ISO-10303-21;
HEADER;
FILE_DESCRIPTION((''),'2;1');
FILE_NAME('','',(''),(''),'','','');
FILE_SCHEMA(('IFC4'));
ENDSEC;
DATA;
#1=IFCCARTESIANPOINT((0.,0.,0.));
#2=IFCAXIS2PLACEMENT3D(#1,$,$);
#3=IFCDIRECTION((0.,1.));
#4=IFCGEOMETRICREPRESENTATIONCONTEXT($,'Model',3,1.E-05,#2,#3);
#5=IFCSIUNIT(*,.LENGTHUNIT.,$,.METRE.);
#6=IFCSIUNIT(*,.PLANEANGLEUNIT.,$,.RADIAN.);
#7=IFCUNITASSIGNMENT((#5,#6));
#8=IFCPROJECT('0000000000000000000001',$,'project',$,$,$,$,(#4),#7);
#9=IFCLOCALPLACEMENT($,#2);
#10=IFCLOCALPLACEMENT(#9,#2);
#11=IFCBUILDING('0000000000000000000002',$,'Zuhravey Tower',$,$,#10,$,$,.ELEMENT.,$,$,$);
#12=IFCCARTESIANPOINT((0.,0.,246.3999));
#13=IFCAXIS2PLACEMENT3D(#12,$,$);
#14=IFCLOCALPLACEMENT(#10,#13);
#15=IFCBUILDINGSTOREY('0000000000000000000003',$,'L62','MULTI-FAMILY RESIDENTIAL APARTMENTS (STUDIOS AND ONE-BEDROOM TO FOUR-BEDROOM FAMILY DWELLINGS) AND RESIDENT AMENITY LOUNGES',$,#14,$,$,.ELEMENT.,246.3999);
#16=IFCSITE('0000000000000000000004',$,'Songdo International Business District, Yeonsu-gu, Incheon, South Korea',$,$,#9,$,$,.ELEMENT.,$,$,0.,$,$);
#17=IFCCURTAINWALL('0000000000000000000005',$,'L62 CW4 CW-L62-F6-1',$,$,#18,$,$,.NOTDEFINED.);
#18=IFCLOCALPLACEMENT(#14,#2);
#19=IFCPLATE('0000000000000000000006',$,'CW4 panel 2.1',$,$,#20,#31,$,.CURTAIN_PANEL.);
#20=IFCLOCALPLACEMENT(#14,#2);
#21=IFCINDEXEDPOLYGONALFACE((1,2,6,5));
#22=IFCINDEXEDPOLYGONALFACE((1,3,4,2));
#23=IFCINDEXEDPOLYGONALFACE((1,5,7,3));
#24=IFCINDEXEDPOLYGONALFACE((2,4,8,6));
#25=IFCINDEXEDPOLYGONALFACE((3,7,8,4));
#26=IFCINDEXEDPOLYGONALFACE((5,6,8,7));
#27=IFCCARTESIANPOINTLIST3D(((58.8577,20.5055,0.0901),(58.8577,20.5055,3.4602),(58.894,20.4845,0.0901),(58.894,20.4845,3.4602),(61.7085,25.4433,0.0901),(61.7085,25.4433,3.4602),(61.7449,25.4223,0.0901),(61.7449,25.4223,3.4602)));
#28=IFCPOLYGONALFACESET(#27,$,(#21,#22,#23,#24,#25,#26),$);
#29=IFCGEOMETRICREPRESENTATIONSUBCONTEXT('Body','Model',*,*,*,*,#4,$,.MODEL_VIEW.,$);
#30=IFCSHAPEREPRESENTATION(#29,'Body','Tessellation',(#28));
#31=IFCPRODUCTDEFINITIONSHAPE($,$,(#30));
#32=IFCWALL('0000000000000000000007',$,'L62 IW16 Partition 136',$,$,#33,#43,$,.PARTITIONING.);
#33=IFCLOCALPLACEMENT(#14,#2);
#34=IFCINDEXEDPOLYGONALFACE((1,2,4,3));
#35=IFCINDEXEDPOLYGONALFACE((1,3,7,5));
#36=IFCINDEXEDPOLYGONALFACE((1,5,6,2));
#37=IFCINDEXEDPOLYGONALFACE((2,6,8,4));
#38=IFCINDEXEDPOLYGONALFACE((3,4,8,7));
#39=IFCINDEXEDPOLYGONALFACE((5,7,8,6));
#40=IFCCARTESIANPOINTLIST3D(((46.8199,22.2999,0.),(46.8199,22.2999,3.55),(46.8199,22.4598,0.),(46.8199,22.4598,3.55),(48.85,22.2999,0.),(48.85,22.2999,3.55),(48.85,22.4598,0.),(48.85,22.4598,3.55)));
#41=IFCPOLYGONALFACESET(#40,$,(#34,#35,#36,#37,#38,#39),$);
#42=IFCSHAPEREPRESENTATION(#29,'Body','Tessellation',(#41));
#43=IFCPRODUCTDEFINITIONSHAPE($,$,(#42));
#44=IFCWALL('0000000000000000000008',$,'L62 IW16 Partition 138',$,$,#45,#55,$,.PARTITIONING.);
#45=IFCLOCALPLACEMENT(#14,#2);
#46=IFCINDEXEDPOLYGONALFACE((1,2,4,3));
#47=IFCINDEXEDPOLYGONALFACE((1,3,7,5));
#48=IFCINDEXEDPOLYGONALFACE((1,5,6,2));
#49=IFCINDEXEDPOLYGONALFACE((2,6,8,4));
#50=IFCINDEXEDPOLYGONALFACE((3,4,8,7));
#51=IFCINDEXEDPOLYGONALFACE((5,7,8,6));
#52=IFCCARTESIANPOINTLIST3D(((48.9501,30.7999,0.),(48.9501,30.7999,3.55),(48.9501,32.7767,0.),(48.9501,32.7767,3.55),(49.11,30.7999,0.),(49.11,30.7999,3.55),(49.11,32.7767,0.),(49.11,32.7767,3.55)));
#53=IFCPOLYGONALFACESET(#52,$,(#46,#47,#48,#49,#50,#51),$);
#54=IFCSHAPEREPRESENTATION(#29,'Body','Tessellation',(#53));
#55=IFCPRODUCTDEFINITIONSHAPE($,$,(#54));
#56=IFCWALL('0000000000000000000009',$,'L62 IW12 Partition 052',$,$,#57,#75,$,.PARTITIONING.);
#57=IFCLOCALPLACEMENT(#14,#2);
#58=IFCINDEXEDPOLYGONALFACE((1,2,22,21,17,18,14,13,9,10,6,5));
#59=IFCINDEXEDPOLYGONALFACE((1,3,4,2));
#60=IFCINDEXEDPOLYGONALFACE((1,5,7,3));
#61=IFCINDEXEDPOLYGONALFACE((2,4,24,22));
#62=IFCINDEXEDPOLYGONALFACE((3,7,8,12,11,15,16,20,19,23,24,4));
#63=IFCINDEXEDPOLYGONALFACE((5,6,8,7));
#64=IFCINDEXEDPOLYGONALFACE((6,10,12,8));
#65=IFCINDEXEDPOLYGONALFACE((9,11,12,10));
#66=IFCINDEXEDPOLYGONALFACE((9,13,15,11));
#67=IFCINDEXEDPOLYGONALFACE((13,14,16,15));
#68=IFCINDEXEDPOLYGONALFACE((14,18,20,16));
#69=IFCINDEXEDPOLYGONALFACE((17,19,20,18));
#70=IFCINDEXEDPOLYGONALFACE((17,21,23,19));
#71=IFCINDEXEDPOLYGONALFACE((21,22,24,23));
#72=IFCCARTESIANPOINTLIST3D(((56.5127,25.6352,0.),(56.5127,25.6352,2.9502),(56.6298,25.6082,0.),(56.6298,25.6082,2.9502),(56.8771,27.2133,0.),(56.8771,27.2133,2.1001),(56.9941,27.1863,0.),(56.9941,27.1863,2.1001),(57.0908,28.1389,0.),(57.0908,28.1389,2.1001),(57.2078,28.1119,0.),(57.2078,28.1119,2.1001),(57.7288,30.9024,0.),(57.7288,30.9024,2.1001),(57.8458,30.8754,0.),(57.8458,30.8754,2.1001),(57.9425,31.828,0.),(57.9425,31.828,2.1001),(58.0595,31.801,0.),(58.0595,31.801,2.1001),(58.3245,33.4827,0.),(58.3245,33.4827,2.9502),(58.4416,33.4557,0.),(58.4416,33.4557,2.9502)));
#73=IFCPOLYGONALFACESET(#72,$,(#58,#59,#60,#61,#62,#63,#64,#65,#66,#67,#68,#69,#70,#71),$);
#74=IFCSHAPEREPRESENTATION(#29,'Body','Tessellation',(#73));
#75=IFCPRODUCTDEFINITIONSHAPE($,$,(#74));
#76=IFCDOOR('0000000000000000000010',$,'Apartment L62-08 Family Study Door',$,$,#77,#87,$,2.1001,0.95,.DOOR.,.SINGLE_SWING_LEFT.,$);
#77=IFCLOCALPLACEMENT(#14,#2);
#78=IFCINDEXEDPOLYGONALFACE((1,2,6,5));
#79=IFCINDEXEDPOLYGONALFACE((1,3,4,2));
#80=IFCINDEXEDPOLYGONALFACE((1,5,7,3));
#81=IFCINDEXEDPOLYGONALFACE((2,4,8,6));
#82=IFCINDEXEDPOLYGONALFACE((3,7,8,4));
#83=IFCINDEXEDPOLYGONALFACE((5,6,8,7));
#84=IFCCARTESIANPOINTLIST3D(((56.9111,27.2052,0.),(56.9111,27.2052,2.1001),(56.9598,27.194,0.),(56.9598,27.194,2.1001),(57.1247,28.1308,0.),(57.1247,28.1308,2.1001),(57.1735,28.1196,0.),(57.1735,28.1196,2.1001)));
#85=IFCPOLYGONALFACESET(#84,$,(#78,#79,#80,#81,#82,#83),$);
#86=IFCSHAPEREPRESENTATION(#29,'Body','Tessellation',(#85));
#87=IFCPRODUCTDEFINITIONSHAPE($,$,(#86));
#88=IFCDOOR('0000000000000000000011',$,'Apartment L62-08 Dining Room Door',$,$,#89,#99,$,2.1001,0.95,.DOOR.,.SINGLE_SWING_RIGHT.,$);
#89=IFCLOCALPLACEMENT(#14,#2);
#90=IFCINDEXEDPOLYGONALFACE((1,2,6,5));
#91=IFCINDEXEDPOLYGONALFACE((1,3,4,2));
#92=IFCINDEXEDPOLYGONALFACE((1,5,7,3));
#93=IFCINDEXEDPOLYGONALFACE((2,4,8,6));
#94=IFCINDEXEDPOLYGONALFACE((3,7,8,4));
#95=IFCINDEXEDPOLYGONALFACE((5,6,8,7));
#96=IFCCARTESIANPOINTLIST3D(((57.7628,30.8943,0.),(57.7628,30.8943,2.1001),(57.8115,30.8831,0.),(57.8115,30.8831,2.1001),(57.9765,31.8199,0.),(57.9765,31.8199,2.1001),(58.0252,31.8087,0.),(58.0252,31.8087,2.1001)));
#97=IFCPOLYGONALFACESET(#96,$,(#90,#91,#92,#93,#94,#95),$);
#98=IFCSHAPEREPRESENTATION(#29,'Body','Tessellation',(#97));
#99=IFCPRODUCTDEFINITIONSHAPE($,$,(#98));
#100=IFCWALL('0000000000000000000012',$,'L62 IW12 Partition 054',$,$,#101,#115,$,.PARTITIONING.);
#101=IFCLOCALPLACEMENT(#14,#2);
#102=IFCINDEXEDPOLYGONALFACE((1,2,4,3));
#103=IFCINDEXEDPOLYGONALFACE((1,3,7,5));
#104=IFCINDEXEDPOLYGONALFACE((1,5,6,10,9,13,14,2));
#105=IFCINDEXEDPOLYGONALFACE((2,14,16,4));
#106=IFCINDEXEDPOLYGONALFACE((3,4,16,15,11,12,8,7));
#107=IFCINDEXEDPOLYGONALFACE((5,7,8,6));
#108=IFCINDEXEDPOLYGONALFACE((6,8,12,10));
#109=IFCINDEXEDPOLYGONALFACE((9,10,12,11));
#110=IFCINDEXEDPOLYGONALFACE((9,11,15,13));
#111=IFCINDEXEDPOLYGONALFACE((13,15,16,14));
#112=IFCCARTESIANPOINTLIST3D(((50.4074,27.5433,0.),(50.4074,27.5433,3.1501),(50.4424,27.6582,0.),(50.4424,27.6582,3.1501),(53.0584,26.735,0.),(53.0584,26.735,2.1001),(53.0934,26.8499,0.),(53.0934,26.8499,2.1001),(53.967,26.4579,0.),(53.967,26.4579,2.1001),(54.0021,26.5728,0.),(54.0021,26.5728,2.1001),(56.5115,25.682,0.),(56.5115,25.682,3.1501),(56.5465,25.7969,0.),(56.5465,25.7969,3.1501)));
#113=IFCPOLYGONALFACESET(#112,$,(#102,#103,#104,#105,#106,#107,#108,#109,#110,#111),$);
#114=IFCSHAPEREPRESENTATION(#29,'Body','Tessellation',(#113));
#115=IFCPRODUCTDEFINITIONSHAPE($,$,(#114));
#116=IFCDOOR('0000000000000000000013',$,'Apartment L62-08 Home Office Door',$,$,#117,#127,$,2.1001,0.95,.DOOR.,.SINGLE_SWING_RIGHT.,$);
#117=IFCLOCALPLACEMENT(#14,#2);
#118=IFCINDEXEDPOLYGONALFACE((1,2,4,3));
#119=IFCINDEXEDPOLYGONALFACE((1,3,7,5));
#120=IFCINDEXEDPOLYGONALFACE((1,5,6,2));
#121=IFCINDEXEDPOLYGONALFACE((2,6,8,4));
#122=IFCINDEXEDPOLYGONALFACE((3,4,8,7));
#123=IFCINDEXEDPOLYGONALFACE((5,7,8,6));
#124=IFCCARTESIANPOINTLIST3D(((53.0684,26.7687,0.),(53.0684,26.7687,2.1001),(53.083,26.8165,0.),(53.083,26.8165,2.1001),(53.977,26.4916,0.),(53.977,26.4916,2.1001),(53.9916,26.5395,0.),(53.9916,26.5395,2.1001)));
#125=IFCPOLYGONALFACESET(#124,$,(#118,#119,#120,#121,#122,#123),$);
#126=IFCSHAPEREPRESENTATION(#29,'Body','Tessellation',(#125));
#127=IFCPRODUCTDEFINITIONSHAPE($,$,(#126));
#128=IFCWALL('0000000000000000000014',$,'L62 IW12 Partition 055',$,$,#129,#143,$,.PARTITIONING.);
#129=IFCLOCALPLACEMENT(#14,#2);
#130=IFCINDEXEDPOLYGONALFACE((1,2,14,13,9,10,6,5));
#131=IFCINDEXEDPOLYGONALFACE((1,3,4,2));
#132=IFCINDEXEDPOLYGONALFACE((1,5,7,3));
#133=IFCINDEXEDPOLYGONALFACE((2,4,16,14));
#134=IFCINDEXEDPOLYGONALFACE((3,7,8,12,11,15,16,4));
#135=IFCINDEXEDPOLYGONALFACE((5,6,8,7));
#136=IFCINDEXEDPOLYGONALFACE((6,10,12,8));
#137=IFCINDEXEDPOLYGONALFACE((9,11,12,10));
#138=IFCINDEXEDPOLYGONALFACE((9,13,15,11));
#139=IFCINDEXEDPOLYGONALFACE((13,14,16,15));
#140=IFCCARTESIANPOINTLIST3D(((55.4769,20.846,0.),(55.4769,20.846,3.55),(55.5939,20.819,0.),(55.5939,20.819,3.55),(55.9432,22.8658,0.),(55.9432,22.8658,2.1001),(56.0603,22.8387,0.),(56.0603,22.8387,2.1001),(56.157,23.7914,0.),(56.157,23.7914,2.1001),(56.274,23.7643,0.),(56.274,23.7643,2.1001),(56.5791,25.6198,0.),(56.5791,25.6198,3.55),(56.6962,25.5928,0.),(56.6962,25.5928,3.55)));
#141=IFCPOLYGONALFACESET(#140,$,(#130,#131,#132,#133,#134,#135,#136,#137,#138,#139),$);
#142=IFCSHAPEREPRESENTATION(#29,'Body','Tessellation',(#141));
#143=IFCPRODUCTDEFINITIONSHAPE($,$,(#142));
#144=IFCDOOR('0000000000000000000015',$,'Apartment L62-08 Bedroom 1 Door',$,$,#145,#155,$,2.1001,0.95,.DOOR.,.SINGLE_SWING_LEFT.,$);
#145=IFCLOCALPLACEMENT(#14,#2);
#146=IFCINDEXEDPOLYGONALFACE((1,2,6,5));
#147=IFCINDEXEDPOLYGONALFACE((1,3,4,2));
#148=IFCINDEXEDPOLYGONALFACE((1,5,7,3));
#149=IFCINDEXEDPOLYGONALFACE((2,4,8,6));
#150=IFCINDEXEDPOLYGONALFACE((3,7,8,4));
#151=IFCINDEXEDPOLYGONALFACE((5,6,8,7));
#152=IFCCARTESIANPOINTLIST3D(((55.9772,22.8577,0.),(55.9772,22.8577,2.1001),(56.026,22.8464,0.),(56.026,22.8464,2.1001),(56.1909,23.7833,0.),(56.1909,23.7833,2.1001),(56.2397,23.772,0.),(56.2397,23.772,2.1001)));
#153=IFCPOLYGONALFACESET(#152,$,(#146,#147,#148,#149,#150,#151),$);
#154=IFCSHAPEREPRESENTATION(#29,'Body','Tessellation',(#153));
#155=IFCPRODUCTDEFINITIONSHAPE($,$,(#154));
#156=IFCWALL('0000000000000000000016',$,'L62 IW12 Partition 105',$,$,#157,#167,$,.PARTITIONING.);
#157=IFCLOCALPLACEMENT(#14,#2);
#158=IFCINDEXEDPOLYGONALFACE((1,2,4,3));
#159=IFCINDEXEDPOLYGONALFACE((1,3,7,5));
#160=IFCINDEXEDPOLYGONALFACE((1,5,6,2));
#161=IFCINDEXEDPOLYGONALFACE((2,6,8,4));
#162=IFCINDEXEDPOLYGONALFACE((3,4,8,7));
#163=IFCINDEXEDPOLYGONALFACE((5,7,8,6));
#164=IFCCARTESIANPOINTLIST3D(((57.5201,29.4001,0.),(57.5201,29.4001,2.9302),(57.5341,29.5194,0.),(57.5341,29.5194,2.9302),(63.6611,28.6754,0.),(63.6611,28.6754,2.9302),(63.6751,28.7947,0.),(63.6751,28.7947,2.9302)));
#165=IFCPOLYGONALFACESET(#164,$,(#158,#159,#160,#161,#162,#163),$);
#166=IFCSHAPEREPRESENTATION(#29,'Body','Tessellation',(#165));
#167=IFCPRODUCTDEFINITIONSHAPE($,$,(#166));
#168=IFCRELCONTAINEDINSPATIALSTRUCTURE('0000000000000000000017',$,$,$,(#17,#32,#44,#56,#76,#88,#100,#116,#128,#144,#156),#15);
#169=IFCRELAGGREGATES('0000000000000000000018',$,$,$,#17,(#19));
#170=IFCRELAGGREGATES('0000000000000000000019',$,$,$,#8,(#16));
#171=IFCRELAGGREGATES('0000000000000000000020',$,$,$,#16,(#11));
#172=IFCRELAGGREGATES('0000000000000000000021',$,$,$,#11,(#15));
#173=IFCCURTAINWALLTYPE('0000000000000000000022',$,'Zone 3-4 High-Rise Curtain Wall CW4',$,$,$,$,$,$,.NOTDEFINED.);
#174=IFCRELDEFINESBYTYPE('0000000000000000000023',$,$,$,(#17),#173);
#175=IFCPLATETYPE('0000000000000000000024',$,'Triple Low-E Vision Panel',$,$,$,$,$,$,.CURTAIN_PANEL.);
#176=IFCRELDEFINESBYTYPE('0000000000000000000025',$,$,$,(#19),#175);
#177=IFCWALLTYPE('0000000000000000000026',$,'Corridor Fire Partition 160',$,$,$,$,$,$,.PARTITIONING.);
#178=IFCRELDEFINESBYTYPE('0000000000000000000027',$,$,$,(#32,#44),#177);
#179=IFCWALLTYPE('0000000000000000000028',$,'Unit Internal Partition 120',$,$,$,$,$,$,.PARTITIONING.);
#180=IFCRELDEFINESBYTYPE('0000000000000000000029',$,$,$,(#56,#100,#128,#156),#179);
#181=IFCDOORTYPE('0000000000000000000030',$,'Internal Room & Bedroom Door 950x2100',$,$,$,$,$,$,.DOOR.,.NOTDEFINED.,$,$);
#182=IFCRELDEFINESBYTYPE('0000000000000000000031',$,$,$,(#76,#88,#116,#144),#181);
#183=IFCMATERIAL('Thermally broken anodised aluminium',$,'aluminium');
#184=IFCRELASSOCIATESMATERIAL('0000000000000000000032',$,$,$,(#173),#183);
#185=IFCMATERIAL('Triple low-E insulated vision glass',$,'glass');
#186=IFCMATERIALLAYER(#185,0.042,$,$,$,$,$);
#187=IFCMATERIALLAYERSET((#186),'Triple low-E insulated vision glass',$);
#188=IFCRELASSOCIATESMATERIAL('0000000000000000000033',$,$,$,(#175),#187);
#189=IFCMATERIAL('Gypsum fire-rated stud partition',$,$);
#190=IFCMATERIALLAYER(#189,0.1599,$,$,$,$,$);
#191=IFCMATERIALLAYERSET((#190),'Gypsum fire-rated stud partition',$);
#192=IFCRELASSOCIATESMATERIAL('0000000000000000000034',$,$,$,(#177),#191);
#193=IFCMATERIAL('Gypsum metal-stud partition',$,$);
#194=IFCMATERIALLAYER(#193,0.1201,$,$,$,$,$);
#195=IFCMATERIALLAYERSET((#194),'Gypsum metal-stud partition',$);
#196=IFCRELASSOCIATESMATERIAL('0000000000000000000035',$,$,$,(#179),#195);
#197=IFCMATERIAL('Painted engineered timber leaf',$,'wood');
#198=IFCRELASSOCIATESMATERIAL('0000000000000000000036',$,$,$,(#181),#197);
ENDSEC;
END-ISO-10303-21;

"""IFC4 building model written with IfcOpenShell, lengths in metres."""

from ifc_helpers import new_model, si_unit, direction, frame, frame_2d, origin, origin_2d, place, context, subcontext, project, spatial, rectangle, extrude, material, layer, layer_set, type_object, element, fill, aggregate, save


model = new_model("IFC4")

# Units and contexts
model_context = context("Model", 3, precision=1e-05, world=origin(), true_north=direction((0.0, 1.0)))
body_context = subcontext(model_context, "Body", "Model", "MODEL_VIEW")
ifc_project = project(units=[si_unit("LENGTHUNIT", "METRE"), si_unit("PLANEANGLEUNIT", "RADIAN")], contexts=[model_context])

# Site, building, storey
site_placement = place(None, origin())
site = spatial("IfcSite", under=ifc_project, at=site_placement, Name="Songdo International Business District, Yeonsu-gu, Incheon, South Korea", CompositionType="ELEMENT", RefElevation=0.0)
building_placement = place(site_placement, origin())
building = spatial("IfcBuilding", under=site, at=building_placement, Name="Zuhravey Tower", CompositionType="ELEMENT")
storey_placement = place(building_placement, frame((0.0, 0.0, 246.3999)))
storey = spatial("IfcBuildingStorey", under=building, at=storey_placement, Name="L62", Description="MULTI-FAMILY RESIDENTIAL APARTMENTS (STUDIOS AND ONE-BEDROOM TO FOUR-BEDROOM FAMILY DWELLINGS) AND RESIDENT AMENITY LOUNGES", CompositionType="ELEMENT", Elevation=246.3999)

# Curtain wall
ifc_material_1 = material(Name="Thermally broken anodised aluminium", Category="aluminium")
curtain_wall_type = type_object("IfcCurtainWallType", Name="Zone 3-4 High-Rise Curtain Wall CW4", PredefinedType="NOTDEFINED", material=ifc_material_1)
curtain_wall_placement = place(storey_placement, origin())
curtain_wall = element("IfcCurtainWall", 1, at=curtain_wall_placement, inside=storey, type_object=curtain_wall_type, Name="L62 CW4 CW-L62-F6-1", PredefinedType="NOTDEFINED")

# Plate
ifc_material_2 = material(Name="Triple low-E insulated vision glass", Category="glass")
ifc_layer_1 = layer(ifc_material_2, 0.042)
ifc_layer_set_1 = layer_set([ifc_layer_1], Name="Triple low-E insulated vision glass")
plate_type_1 = type_object("IfcPlateType", Name="Triple Low-E Vision Panel", PredefinedType="CURTAIN_PANEL", material=ifc_layer_set_1)
plate_1_placement = place(storey_placement, frame((60.3013, 22.9639, 0.0901), z_axis=(0.0, 0.0, 1.0), x_axis=(-0.499999, -0.866026, 0.0)))
plate_1 = element("IfcPlate", 2, at=plate_1_placement, type_object=plate_type_1, Name="CW4 panel 2.1", PredefinedType="CURTAIN_PANEL", context=body_context, shape_type="SweptSolid", body=[
    extrude(rectangle(XDim=5.7017, YDim=0.042, at=origin_2d()), origin(), (0.0, 0.0, 1.0), 3.3701),
])
aggregate(curtain_wall, [plate_1])

# Shared definitions
ifc_material_3 = material(Name="Gypsum fire-rated stud partition")
ifc_layer_2 = layer(ifc_material_3, 0.1599)
ifc_layer_set_2 = layer_set([ifc_layer_2], Name="Gypsum fire-rated stud partition")
wall_type_1 = type_object("IfcWallType", Name="Corridor Fire Partition 160", PredefinedType="PARTITIONING", material=ifc_layer_set_2)

# Walls
wall_1_placement = place(storey_placement, frame((48.8501, 22.3799, 0.0), z_axis=(0.0, 0.0, 1.0), x_axis=(-1.0, 0.0, 0.0)))
element("IfcWall", 3, at=wall_1_placement, inside=storey, type_object=wall_type_1, Name="L62 IW16 Partition 136", PredefinedType="PARTITIONING", context=body_context, shape_type="SweptSolid", body=[
    extrude(rectangle(XDim=2.03, YDim=0.1599, at=frame_2d((1.0151, 0.0))), origin(), (0.0, 0.0, 1.0), 3.55),
])
wall_2_placement = place(storey_placement, frame((49.03, 30.8, 0.0), z_axis=(0.0, 0.0, 1.0), x_axis=(0.0, 1.0, 0.0)))
element("IfcWall", 4, at=wall_2_placement, inside=storey, type_object=wall_type_1, Name="L62 IW16 Partition 138", PredefinedType="PARTITIONING", context=body_context, shape_type="SweptSolid", body=[
    extrude(rectangle(XDim=1.9768, YDim=0.1599, at=frame_2d((0.9883, 0.0))), origin(), (0.0, 0.0, 1.0), 3.55),
])

# Wall, openings, doors
ifc_material_4 = material(Name="Gypsum metal-stud partition")
ifc_layer_3 = layer(ifc_material_4, 0.1201)
ifc_layer_set_3 = layer_set([ifc_layer_3], Name="Gypsum metal-stud partition")
wall_type_2 = type_object("IfcWallType", Name="Unit Internal Partition 120", PredefinedType="PARTITIONING", material=ifc_layer_set_3)
wall_3_placement = place(storey_placement, frame((56.5713, 25.6218, 0.0), z_axis=(0.0, 0.0, 1.0), x_axis=(0.224957, 0.974369, 0.0)))
wall_3 = element("IfcWall", 5, at=wall_3_placement, inside=storey, type_object=wall_type_2, Name="L62 IW12 Partition 052", PredefinedType="PARTITIONING", context=body_context, shape_type="SweptSolid", body=[
    extrude(rectangle(XDim=8.054, YDim=0.1201, at=frame_2d((4.0269, 0.0))), origin(), (0.0, 0.0, 1.0), 2.9502),
])
opening_1_placement = place(wall_3_placement, frame((1.6194, 0.0, 0.0)))
opening_1 = element("IfcOpeningElement", 6, at=opening_1_placement, cuts=wall_3, PredefinedType="OPENING", context=body_context, shape_type="SweptSolid", body=[
    extrude(rectangle(XDim=0.95, YDim=2.1001, at=frame_2d((0.4751, 1.05))), frame((0.0, 0.072, 0.0), z_axis=(0.0, -1.0, 0.0), x_axis=(1.0, 0.0, 0.0)), (0.0, 0.0, 1.0), 0.144),
])
opening_2_placement = place(wall_3_placement, frame((5.4055, 0.0, 0.0)))
opening_2 = element("IfcOpeningElement", 7, at=opening_2_placement, cuts=wall_3, PredefinedType="OPENING", context=body_context, shape_type="SweptSolid", body=[
    extrude(rectangle(XDim=0.95, YDim=2.1001, at=frame_2d((0.4751, 1.05))), frame((0.0, 0.072, 0.0), z_axis=(0.0, -1.0, 0.0), x_axis=(1.0, 0.0, 0.0)), (0.0, 0.0, 1.0), 0.144),
])
ifc_material_5 = material(Name="Painted engineered timber leaf", Category="wood")
door_type_1 = type_object("IfcDoorType", Name="Internal Room & Bedroom Door 950x2100", OperationType="NOTDEFINED", PredefinedType="DOOR", material=ifc_material_5)
door_1_placement = place(opening_1_placement, frame((0.95, 0.0, 0.0), z_axis=(0.0, 0.0, 1.0), x_axis=(-1.0, 0.0, 0.0)))
door_1 = element("IfcDoor", 8, at=door_1_placement, inside=storey, type_object=door_type_1, Name="Apartment L62-08 Family Study Door", OperationType="SINGLE_SWING_LEFT", OverallHeight=2.1001, OverallWidth=0.95, PredefinedType="DOOR", context=body_context, shape_type="SweptSolid", body=[
    extrude(rectangle(XDim=0.95, YDim=2.1001, at=frame_2d((0.4751, 1.05))), frame((0.0, 0.0249, 0.0), z_axis=(0.0, -1.0, 0.0), x_axis=(1.0, 0.0, 0.0)), (0.0, 0.0, 1.0), 0.05),
])
fill(opening_1, door_1)
door_2_placement = place(opening_2_placement, frame((0.95, 0.0, 0.0), z_axis=(0.0, 0.0, 1.0), x_axis=(-1.0, 0.0, 0.0)))
door_2 = element("IfcDoor", 9, at=door_2_placement, inside=storey, type_object=door_type_1, Name="Apartment L62-08 Dining Room Door", OperationType="SINGLE_SWING_RIGHT", OverallHeight=2.1001, OverallWidth=0.95, PredefinedType="DOOR", context=body_context, shape_type="SweptSolid", body=[
    extrude(rectangle(XDim=0.95, YDim=2.1001, at=frame_2d((0.4751, 1.05))), frame((0.0, 0.0249, 0.0), z_axis=(0.0, -1.0, 0.0), x_axis=(1.0, 0.0, 0.0)), (0.0, 0.0, 1.0), 0.05),
])
fill(opening_2, door_2)

# Walls, openings, doors
wall_4_placement = place(storey_placement, frame((50.4248, 27.6008, 0.0), z_axis=(0.0, 0.0, 1.0), x_axis=(0.956517, -0.291676, 0.0)))
wall_4 = element("IfcWall", 10, at=wall_4_placement, inside=storey, type_object=wall_type_2, Name="L62 IW12 Partition 054", PredefinedType="PARTITIONING", context=body_context, shape_type="SweptSolid", body=[
    extrude(rectangle(XDim=6.3816, YDim=0.1201, at=frame_2d((3.1909, 0.0))), origin(), (0.0, 0.0, 1.0), 3.1501),
])
opening_3_placement = place(wall_4_placement, frame((2.7715, 0.0, 0.0)))
opening_3 = element("IfcOpeningElement", 11, at=opening_3_placement, cuts=wall_4, PredefinedType="OPENING", context=body_context, shape_type="SweptSolid", body=[
    extrude(rectangle(XDim=0.95, YDim=2.1001, at=frame_2d((0.4751, 1.05))), frame((0.0, 0.072, 0.0), z_axis=(0.0, -1.0, 0.0), x_axis=(1.0, 0.0, 0.0)), (0.0, 0.0, 1.0), 0.144),
])
door_3_placement = place(opening_3_placement, frame((0.95, 0.0, 0.0), z_axis=(0.0, 0.0, 1.0), x_axis=(-1.0, 0.0, 0.0)))
door_3 = element("IfcDoor", 12, at=door_3_placement, inside=storey, type_object=door_type_1, Name="Apartment L62-08 Home Office Door", OperationType="SINGLE_SWING_RIGHT", OverallHeight=2.1001, OverallWidth=0.95, PredefinedType="DOOR", context=body_context, shape_type="SweptSolid", body=[
    extrude(rectangle(XDim=0.95, YDim=2.1001, at=frame_2d((0.4751, 1.05))), frame((0.0, 0.0249, 0.0), z_axis=(0.0, -1.0, 0.0), x_axis=(1.0, 0.0, 0.0)), (0.0, 0.0, 1.0), 0.05),
])
fill(opening_3, door_3)
wall_5_placement = place(storey_placement, frame((55.5354, 20.8325, 0.0), z_axis=(0.0, 0.0, 1.0), x_axis=(0.22498, 0.974363, 0.0)))
wall_5 = element("IfcWall", 13, at=wall_5_placement, inside=storey, type_object=wall_type_2, Name="L62 IW12 Partition 055", PredefinedType="PARTITIONING", context=body_context, shape_type="SweptSolid", body=[
    extrude(rectangle(XDim=4.8994, YDim=0.1201, at=frame_2d((2.4497, 0.0))), origin(), (0.0, 0.0, 1.0), 3.55),
])
opening_4_placement = place(wall_5_placement, frame((2.0728, 0.0, 0.0)))
opening_4 = element("IfcOpeningElement", 14, at=opening_4_placement, cuts=wall_5, PredefinedType="OPENING", context=body_context, shape_type="SweptSolid", body=[
    extrude(rectangle(XDim=0.95, YDim=2.1001, at=frame_2d((0.4751, 1.05))), frame((0.0, 0.072, 0.0), z_axis=(0.0, -1.0, 0.0), x_axis=(1.0, 0.0, 0.0)), (0.0, 0.0, 1.0), 0.144),
])
door_4_placement = place(opening_4_placement, frame((0.95, 0.0, 0.0), z_axis=(0.0, 0.0, 1.0), x_axis=(-1.0, 0.0, 0.0)))
door_4 = element("IfcDoor", 15, at=door_4_placement, inside=storey, type_object=door_type_1, Name="Apartment L62-08 Bedroom 1 Door", OperationType="SINGLE_SWING_LEFT", OverallHeight=2.1001, OverallWidth=0.95, PredefinedType="DOOR", context=body_context, shape_type="SweptSolid", body=[
    extrude(rectangle(XDim=0.95, YDim=2.1001, at=frame_2d((0.4751, 1.05))), frame((0.0, 0.0249, 0.0), z_axis=(0.0, -1.0, 0.0), x_axis=(1.0, 0.0, 0.0)), (0.0, 0.0, 1.0), 0.05),
])
fill(opening_4, door_4)

# Wall
wall_6_placement = place(storey_placement, frame((57.5271, 29.4597, 0.0), z_axis=(0.0, 0.0, 1.0), x_axis=(0.99311, -0.117185, 0.0)))
element("IfcWall", 16, at=wall_6_placement, inside=storey, type_object=wall_type_2, Name="L62 IW12 Partition 105", PredefinedType="PARTITIONING", context=body_context, shape_type="SweptSolid", body=[
    extrude(rectangle(XDim=6.1836, YDim=0.1201, at=frame_2d((3.0918, 0.0))), origin(), (0.0, 0.0, 1.0), 2.9302),
])

save(model, "model.ifc")
